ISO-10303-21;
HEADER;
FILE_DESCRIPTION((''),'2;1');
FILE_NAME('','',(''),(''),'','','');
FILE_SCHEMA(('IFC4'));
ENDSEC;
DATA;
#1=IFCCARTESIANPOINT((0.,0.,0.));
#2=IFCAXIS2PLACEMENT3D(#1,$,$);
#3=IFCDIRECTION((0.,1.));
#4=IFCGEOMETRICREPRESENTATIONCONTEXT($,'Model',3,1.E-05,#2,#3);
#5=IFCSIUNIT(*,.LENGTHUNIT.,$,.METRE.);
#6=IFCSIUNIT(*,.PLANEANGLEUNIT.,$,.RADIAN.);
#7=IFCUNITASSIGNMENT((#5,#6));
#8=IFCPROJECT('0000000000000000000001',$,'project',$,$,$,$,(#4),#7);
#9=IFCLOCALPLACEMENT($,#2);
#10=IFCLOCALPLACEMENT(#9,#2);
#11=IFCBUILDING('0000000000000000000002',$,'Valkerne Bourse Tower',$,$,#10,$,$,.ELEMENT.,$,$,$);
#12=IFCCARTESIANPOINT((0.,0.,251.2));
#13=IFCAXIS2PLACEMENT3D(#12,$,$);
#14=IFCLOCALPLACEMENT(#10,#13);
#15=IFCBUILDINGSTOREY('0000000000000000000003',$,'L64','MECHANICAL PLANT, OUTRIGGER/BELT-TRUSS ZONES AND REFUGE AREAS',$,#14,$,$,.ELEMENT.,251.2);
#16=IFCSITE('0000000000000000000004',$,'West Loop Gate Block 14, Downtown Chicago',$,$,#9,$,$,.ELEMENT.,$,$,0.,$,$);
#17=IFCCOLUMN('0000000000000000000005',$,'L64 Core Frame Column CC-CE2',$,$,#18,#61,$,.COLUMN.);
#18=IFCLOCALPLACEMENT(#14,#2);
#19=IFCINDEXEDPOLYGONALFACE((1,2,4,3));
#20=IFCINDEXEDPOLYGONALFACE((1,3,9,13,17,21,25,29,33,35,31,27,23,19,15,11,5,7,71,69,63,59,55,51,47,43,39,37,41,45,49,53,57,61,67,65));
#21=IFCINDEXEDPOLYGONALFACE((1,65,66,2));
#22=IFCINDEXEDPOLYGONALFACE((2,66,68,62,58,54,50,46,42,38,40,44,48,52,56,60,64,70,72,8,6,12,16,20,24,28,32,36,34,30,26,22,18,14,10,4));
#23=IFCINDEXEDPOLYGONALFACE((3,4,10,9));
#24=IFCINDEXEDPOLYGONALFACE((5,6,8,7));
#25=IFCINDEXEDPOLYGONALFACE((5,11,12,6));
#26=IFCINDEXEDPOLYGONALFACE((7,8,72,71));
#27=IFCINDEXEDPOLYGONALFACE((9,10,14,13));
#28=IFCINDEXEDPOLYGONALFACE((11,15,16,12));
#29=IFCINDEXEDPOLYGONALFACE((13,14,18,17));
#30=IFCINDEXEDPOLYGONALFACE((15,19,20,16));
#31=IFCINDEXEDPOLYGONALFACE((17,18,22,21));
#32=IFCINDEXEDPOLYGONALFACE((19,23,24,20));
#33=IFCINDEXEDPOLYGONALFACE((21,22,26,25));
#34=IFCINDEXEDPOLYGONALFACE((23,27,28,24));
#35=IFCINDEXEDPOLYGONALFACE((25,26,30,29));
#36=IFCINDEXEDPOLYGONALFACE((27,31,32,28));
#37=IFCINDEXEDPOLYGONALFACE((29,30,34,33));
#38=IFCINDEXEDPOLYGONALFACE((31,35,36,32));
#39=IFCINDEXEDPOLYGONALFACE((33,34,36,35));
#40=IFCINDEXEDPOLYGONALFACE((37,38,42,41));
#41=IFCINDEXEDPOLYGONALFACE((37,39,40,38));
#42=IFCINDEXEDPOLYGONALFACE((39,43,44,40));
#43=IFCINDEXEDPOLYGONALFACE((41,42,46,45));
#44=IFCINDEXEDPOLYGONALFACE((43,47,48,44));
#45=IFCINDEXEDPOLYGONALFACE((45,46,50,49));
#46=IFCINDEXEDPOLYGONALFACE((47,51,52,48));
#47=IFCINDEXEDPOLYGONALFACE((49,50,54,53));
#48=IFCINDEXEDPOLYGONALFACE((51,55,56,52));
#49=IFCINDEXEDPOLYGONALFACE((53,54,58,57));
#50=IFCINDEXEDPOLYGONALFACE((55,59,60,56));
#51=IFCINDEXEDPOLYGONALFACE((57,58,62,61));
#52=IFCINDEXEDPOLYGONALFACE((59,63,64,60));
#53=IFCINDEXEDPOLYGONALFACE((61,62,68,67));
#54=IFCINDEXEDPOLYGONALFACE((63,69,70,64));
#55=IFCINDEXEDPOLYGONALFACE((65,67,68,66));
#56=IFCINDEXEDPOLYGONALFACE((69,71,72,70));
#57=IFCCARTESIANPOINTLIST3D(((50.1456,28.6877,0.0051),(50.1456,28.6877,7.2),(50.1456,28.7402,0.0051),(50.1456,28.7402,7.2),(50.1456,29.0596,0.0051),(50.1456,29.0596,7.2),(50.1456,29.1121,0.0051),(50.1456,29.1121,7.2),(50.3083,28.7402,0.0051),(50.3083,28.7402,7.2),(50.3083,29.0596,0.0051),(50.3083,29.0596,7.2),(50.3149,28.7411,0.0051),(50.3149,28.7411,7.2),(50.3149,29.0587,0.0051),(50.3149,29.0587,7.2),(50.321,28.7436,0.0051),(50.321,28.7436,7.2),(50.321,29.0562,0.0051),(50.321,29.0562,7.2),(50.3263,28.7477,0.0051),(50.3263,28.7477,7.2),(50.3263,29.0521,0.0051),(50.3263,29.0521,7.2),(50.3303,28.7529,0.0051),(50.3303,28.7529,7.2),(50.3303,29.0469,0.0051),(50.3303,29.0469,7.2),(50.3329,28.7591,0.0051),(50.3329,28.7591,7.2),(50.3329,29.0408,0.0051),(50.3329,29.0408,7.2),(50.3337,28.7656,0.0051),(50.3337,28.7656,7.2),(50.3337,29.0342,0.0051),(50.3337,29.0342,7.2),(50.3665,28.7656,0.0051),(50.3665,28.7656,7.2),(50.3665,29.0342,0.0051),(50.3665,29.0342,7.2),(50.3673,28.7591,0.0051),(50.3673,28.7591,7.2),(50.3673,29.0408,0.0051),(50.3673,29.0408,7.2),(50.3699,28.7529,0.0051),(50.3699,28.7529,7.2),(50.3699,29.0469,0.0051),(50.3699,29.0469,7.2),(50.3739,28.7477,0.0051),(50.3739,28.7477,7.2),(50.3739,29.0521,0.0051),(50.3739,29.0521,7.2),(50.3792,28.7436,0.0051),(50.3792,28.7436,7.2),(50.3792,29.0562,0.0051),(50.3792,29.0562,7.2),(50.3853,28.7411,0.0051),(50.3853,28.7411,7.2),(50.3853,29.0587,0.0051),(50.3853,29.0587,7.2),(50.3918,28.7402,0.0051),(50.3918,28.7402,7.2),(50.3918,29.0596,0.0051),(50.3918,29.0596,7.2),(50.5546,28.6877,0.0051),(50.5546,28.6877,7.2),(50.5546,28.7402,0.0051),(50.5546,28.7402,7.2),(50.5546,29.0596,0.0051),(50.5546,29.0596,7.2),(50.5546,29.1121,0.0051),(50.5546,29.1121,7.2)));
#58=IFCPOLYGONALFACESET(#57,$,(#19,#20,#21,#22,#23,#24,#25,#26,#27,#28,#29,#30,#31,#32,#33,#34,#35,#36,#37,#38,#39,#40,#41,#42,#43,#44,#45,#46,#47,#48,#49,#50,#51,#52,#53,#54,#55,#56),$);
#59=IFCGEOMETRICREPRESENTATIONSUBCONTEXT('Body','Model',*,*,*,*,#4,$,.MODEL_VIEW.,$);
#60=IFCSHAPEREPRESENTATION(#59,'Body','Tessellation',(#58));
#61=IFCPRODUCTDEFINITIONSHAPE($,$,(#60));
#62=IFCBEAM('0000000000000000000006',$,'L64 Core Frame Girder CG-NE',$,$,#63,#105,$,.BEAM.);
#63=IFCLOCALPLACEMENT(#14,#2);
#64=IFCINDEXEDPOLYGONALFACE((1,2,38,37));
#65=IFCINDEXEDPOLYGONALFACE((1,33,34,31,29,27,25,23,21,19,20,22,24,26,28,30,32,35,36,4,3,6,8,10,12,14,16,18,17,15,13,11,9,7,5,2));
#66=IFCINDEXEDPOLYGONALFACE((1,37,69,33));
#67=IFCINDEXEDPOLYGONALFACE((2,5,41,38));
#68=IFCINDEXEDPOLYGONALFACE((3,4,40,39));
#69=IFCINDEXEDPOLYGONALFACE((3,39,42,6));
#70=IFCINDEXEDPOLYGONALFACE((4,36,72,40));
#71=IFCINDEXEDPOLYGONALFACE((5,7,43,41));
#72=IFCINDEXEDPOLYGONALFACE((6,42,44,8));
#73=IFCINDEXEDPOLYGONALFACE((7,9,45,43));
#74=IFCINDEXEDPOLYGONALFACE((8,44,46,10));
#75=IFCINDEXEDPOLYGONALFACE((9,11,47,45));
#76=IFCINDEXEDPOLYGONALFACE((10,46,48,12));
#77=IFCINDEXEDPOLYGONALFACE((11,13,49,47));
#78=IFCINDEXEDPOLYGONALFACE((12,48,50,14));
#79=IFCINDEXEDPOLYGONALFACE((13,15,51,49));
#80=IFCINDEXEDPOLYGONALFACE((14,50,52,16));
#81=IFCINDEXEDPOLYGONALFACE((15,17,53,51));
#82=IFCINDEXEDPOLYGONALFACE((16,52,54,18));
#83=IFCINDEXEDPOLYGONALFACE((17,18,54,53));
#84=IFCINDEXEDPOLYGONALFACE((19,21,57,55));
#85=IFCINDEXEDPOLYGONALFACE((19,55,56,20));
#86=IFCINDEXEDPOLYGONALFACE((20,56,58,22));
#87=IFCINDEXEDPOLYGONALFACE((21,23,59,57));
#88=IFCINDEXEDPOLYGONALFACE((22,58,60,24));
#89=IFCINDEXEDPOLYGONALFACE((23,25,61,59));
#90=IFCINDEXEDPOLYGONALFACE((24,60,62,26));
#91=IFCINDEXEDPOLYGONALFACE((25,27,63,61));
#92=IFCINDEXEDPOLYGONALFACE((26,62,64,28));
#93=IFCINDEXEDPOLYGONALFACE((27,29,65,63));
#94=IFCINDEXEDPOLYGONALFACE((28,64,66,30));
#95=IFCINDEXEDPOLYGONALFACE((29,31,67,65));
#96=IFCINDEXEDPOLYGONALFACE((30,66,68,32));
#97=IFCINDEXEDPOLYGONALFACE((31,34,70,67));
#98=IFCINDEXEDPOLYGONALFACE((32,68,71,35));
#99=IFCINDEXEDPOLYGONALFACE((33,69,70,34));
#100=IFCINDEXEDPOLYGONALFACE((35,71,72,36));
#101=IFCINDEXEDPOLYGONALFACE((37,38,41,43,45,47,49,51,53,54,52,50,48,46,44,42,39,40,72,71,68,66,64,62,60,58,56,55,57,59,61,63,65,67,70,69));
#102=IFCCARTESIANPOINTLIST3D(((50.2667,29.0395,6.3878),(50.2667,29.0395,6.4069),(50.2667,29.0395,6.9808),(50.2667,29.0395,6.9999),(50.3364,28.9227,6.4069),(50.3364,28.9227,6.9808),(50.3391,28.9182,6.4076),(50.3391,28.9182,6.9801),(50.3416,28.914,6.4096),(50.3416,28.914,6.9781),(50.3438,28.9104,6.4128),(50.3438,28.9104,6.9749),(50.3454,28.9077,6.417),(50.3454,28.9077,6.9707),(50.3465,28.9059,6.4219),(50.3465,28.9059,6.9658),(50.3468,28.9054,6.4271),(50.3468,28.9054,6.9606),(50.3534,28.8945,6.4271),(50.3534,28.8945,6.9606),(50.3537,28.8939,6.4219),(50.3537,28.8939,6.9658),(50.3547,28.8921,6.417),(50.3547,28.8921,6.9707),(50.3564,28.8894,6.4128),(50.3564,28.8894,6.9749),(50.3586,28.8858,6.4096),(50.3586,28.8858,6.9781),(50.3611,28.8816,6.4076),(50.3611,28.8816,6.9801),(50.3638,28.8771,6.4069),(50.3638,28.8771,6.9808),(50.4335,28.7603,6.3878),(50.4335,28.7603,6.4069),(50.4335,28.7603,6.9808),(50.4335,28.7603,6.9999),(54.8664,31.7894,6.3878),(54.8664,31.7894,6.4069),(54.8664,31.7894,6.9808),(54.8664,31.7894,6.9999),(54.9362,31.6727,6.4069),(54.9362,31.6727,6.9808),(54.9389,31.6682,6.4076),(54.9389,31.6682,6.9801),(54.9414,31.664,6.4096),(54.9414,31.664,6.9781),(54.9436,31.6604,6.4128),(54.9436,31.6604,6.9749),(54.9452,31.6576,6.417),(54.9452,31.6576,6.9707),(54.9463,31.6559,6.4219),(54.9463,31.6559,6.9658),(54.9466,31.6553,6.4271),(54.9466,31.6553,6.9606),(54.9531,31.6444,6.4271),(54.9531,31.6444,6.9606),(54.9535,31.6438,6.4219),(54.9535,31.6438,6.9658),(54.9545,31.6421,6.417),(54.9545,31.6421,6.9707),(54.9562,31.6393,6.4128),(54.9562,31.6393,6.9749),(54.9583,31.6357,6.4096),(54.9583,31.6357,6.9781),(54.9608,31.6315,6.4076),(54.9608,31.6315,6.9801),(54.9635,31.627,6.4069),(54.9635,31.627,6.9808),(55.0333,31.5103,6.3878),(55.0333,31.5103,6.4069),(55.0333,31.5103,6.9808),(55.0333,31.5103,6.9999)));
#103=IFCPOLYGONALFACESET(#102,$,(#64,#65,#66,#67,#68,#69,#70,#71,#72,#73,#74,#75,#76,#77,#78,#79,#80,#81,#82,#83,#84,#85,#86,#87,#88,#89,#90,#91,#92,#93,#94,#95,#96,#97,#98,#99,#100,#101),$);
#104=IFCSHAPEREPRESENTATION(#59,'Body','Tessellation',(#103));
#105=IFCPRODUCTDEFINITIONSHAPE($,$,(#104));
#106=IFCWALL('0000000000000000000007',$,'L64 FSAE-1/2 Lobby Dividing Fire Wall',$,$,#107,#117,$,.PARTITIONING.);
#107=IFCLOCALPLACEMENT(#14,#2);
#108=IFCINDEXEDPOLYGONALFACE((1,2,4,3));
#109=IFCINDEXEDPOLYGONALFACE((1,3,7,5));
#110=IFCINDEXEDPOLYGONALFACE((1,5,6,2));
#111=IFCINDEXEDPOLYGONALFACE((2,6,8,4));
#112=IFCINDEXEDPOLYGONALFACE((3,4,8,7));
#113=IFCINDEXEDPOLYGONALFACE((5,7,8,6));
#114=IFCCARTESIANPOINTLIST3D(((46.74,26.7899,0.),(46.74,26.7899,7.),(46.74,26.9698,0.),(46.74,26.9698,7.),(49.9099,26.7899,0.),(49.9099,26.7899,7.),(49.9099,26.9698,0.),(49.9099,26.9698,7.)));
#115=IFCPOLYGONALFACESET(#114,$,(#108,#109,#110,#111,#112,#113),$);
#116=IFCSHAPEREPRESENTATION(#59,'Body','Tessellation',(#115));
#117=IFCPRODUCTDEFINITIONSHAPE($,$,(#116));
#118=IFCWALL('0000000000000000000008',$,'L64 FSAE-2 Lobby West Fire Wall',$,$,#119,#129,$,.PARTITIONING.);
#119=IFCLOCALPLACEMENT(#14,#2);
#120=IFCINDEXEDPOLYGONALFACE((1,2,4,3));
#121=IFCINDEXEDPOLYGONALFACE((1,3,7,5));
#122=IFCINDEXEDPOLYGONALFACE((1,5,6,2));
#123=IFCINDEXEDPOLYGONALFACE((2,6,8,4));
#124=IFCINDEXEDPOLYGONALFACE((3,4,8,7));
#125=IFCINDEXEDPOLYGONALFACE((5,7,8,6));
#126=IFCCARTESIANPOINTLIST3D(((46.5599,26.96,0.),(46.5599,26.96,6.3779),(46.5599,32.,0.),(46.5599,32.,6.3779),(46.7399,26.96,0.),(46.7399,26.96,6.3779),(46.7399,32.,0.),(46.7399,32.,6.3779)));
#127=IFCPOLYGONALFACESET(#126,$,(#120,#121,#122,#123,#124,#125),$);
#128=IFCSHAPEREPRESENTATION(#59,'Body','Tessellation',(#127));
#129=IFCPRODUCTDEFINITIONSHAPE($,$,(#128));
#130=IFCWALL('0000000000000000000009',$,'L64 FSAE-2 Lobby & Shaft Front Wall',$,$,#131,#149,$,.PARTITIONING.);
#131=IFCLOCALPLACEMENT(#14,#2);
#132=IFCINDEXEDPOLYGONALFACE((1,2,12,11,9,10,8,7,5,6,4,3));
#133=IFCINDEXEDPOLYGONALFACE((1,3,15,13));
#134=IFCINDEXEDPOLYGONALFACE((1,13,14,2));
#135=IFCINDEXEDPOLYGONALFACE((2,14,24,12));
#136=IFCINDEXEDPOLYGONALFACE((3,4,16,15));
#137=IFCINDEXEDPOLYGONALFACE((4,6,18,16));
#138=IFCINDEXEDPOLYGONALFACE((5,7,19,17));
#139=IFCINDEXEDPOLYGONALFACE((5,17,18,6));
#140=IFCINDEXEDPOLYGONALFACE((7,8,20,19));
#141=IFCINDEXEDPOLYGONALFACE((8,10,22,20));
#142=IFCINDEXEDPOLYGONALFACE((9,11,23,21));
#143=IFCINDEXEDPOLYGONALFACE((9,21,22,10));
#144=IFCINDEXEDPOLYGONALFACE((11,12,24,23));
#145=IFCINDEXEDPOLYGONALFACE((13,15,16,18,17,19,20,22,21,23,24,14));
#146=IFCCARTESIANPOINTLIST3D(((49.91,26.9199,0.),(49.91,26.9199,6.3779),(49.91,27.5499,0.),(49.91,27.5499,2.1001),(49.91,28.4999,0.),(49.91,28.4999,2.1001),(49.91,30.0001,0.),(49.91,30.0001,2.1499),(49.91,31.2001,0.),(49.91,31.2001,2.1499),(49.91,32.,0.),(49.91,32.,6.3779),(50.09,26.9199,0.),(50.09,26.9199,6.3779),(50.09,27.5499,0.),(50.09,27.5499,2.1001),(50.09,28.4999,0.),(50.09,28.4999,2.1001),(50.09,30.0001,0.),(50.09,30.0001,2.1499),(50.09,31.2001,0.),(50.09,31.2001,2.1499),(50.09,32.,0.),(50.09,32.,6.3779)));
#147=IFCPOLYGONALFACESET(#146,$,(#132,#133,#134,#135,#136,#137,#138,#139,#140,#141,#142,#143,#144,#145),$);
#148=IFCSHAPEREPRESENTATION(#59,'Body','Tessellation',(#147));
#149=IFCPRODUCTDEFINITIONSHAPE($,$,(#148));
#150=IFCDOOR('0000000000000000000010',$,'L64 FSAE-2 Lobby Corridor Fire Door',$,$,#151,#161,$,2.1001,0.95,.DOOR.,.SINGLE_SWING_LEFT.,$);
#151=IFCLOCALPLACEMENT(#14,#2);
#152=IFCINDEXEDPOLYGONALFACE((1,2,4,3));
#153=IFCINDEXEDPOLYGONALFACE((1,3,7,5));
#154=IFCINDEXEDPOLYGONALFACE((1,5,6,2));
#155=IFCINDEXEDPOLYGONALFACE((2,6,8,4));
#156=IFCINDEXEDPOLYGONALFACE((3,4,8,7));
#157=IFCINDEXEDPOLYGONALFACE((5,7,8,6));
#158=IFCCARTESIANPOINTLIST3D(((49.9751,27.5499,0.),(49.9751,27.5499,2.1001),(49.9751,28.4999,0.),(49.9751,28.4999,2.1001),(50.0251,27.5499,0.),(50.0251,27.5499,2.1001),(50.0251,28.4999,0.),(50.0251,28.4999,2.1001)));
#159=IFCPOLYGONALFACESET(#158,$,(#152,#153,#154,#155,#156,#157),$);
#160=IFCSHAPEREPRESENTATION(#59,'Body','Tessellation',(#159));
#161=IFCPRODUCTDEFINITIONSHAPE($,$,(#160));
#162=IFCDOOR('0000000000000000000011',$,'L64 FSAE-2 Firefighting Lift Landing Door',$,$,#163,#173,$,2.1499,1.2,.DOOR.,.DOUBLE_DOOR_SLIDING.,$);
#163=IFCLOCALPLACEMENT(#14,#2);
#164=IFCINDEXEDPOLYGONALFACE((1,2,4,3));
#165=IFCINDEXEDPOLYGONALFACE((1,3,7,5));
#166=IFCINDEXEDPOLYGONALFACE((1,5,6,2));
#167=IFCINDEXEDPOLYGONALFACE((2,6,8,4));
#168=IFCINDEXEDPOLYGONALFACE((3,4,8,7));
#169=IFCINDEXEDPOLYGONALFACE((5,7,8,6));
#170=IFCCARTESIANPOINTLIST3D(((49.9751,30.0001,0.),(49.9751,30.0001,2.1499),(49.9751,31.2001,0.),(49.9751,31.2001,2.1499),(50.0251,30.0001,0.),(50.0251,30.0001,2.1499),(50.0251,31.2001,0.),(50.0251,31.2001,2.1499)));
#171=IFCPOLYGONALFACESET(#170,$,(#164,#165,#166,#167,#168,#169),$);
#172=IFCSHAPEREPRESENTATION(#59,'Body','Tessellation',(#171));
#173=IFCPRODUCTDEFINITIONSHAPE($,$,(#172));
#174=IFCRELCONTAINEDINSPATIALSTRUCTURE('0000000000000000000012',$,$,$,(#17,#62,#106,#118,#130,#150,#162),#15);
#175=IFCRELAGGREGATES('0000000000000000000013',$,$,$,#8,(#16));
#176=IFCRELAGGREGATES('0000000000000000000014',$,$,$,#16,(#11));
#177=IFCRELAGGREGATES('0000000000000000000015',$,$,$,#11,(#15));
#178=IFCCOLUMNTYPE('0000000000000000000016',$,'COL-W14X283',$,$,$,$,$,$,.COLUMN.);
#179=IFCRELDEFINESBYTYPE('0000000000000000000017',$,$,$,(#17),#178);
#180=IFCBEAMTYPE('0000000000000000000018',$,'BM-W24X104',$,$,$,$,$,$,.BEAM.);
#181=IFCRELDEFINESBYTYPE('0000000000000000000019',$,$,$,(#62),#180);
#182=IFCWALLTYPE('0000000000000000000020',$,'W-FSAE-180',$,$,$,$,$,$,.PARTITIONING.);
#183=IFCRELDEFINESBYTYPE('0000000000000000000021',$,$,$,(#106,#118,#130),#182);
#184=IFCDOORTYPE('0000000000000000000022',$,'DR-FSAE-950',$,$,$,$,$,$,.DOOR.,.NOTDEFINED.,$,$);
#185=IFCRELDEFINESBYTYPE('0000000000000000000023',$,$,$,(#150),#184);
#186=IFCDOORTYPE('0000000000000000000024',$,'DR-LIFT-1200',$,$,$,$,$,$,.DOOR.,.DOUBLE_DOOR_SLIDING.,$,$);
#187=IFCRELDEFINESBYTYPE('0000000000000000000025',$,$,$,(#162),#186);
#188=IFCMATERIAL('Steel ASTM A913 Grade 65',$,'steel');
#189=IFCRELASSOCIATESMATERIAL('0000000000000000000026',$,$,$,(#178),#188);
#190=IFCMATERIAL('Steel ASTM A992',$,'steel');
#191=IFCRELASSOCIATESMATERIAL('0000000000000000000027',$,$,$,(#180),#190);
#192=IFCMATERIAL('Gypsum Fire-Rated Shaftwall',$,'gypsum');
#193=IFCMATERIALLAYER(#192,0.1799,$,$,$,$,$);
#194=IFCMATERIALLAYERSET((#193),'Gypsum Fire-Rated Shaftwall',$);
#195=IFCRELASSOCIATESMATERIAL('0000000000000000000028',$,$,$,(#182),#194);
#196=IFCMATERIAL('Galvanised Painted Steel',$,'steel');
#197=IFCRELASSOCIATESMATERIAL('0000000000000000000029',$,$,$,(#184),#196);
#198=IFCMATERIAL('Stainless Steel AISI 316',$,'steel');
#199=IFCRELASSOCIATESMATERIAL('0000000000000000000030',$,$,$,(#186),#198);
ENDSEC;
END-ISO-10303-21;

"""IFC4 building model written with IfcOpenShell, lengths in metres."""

from ifc_helpers import new_model, si_unit, direction, frame, frame_2d, origin, origin_2d, place, context, subcontext, project, spatial, rectangle, i_section, extrude, material, layer, layer_set, material_profile, profile_set, type_object, element, fill, save


model = new_model("IFC4")

# Units and contexts
model_context = context("Model", 3, precision=1e-05, world=origin(), true_north=direction((0.0, 1.0)))
body_context = subcontext(model_context, "Body", "Model", "MODEL_VIEW")
ifc_project = project(units=[si_unit("LENGTHUNIT", "METRE"), si_unit("PLANEANGLEUNIT", "RADIAN")], contexts=[model_context])

# Site, building, storey
site_placement = place(None, origin())
site = spatial("IfcSite", under=ifc_project, at=site_placement, Name="West Loop Gate Block 14, Downtown Chicago", CompositionType="ELEMENT", RefElevation=0.0)
building_placement = place(site_placement, origin())
building = spatial("IfcBuilding", under=site, at=building_placement, Name="Valkerne Bourse Tower", CompositionType="ELEMENT")
storey_placement = place(building_placement, frame((0.0, 0.0, 251.2)))
storey = spatial("IfcBuildingStorey", under=building, at=storey_placement, Name="L64", Description="MECHANICAL PLANT, OUTRIGGER/BELT-TRUSS ZONES AND REFUGE AREAS", CompositionType="ELEMENT", Elevation=251.2)

# Column
ifc_material_1 = material(Name="Steel ASTM A913 Grade 65", Category="steel")
ifc_material_profile_1 = material_profile(ifc_material_1, i_section(OverallWidth=0.4089, OverallDepth=0.4243, WebThickness=0.0327, FlangeThickness=0.0525, FilletRadius=0.0254, at=origin_2d()), Name="W14X283")
ifc_profile_set_1 = profile_set([ifc_material_profile_1], Name="Steel ASTM A913 Grade 65")
column_type = type_object("IfcColumnType", Name="COL-W14X283", PredefinedType="COLUMN", material=ifc_profile_set_1)
column_placement = place(storey_placement, frame((50.3501, 28.8999, 0.0051), z_axis=(0.0, 0.0, 1.0), x_axis=(1.0, 0.0, 0.0)))
element("IfcColumn", 1, at=column_placement, inside=storey, type_object=column_type, Name="L64 Core Frame Column CC-CE2", PredefinedType="COLUMN", context=body_context, shape_type="SweptSolid", body=[
    extrude(i_section(OverallWidth=0.4089, OverallDepth=0.4243, WebThickness=0.0327, FlangeThickness=0.0525, FilletRadius=0.0254, at=origin_2d()), origin(), (0.0, 0.0, 1.0), 7.1948),
])

# Beam
ifc_material_2 = material(Name="Steel ASTM A992", Category="steel")
ifc_material_profile_2 = material_profile(ifc_material_2, i_section(OverallWidth=0.3252, OverallDepth=0.6121, WebThickness=0.0127, FlangeThickness=0.019, FilletRadius=0.0203, at=origin_2d()), Name="W24X104")
ifc_profile_set_2 = profile_set([ifc_material_profile_2], Name="Steel ASTM A992")
beam_type = type_object("IfcBeamType", Name="BM-W24X104", PredefinedType="BEAM", material=ifc_profile_set_2)
beam_placement = place(storey_placement, frame((50.3501, 28.8999, 6.6938), z_axis=(0.858308, 0.513135, 0.0), x_axis=(-0.513135, 0.858308, 0.0)))
element("IfcBeam", 2, at=beam_placement, inside=storey, type_object=beam_type, Name="L64 Core Frame Girder CG-NE", PredefinedType="BEAM", context=body_context, shape_type="SweptSolid", body=[
    extrude(i_section(OverallWidth=0.3252, OverallDepth=0.6121, WebThickness=0.0127, FlangeThickness=0.019, FilletRadius=0.0203, at=origin_2d()), origin(), (0.0, 0.0, 1.0), 5.3591),
])

# Walls
ifc_material_3 = material(Name="Gypsum Fire-Rated Shaftwall", Category="gypsum")
ifc_layer_1 = layer(ifc_material_3, 0.1799)
ifc_layer_set_1 = layer_set([ifc_layer_1], Name="Gypsum Fire-Rated Shaftwall")
wall_type_1 = type_object("IfcWallType", Name="W-FSAE-180", PredefinedType="PARTITIONING", material=ifc_layer_set_1)
wall_1_placement = place(storey_placement, frame((46.74, 26.8799, 0.0), z_axis=(0.0, 0.0, 1.0), x_axis=(1.0, 0.0, 0.0)))
element("IfcWall", 3, at=wall_1_placement, inside=storey, type_object=wall_type_1, Name="L64 FSAE-1/2 Lobby Dividing Fire Wall", PredefinedType="PARTITIONING", context=body_context, shape_type="SweptSolid", body=[
    extrude(rectangle(XDim=3.1699, YDim=0.1799, at=frame_2d((1.585, 0.0))), origin(), (0.0, 0.0, 1.0), 7.0),
])
wall_2_placement = place(storey_placement, frame((46.6499, 26.96, 0.0), z_axis=(0.0, 0.0, 1.0), x_axis=(0.0, 1.0, 0.0)))
element("IfcWall", 4, at=wall_2_placement, inside=storey, type_object=wall_type_1, Name="L64 FSAE-2 Lobby West Fire Wall", PredefinedType="PARTITIONING", context=body_context, shape_type="SweptSolid", body=[
    extrude(rectangle(XDim=5.04, YDim=0.1799, at=frame_2d((2.52, 0.0))), origin(), (0.0, 0.0, 1.0), 6.3779),
])

# Wall, openings, doors
wall_3_placement = place(storey_placement, frame((50.0, 26.9199, 0.0), z_axis=(0.0, 0.0, 1.0), x_axis=(0.0, 1.0, 0.0)))
wall_3 = element("IfcWall", 5, at=wall_3_placement, inside=storey, type_object=wall_type_1, Name="L64 FSAE-2 Lobby & Shaft Front Wall", PredefinedType="PARTITIONING", context=body_context, shape_type="SweptSolid", body=[
    extrude(rectangle(XDim=5.0801, YDim=0.1799, at=frame_2d((2.54, 0.0))), origin(), (0.0, 0.0, 1.0), 6.3779),
])
opening_1_placement = place(wall_3_placement, frame((3.0801, 0.0, 0.0)))
opening_1 = element("IfcOpeningElement", 6, at=opening_1_placement, cuts=wall_3, PredefinedType="OPENING", context=body_context, shape_type="SweptSolid", body=[
    extrude(rectangle(XDim=1.2, YDim=2.1499, at=frame_2d((0.6001, 1.075))), frame((0.0, 0.0999, 0.0), z_axis=(0.0, -1.0, 0.0), x_axis=(1.0, 0.0, 0.0)), (0.0, 0.0, 1.0), 0.2),
])
opening_2_placement = place(wall_3_placement, frame((0.6299, 0.0, 0.0)))
opening_2 = element("IfcOpeningElement", 7, at=opening_2_placement, cuts=wall_3, PredefinedType="OPENING", context=body_context, shape_type="SweptSolid", body=[
    extrude(rectangle(XDim=0.95, YDim=2.1001, at=frame_2d((0.4751, 1.05))), frame((0.0, 0.0999, 0.0), z_axis=(0.0, -1.0, 0.0), x_axis=(1.0, 0.0, 0.0)), (0.0, 0.0, 1.0), 0.2),
])
ifc_material_4 = material(Name="Galvanised Painted Steel", Category="steel")
door_type_1 = type_object("IfcDoorType", Name="DR-FSAE-950", OperationType="NOTDEFINED", PredefinedType="DOOR", material=ifc_material_4)
door_1_placement = place(opening_2_placement, origin())
door_1 = element("IfcDoor", 8, at=door_1_placement, inside=storey, type_object=door_type_1, Name="L64 FSAE-2 Lobby Corridor Fire Door", OperationType="SINGLE_SWING_LEFT", OverallHeight=2.1001, OverallWidth=0.95, PredefinedType="DOOR", context=body_context, shape_type="SweptSolid", body=[
    extrude(rectangle(XDim=0.95, YDim=2.1001, at=frame_2d((0.4751, 1.05))), frame((0.0, 0.0249, 0.0), z_axis=(0.0, -1.0, 0.0), x_axis=(1.0, 0.0, 0.0)), (0.0, 0.0, 1.0), 0.05),
])
fill(opening_2, door_1)
ifc_material_5 = material(Name="Stainless Steel AISI 316", Category="steel")
door_type_2 = type_object("IfcDoorType", Name="DR-LIFT-1200", OperationType="DOUBLE_DOOR_SLIDING", PredefinedType="DOOR", material=ifc_material_5)
door_2_placement = place(opening_1_placement, origin())
door_2 = element("IfcDoor", 9, at=door_2_placement, inside=storey, type_object=door_type_2, Name="L64 FSAE-2 Firefighting Lift Landing Door", OperationType="DOUBLE_DOOR_SLIDING", OverallHeight=2.1499, OverallWidth=1.2, PredefinedType="DOOR", context=body_context, shape_type="SweptSolid", body=[
    extrude(rectangle(XDim=1.2, YDim=2.1499, at=frame_2d((0.6001, 1.075))), frame((0.0, 0.0249, 0.0), z_axis=(0.0, -1.0, 0.0), x_axis=(1.0, 0.0, 0.0)), (0.0, 0.0, 1.0), 0.05),
])
fill(opening_1, door_2)

save(model, "model.ifc")
